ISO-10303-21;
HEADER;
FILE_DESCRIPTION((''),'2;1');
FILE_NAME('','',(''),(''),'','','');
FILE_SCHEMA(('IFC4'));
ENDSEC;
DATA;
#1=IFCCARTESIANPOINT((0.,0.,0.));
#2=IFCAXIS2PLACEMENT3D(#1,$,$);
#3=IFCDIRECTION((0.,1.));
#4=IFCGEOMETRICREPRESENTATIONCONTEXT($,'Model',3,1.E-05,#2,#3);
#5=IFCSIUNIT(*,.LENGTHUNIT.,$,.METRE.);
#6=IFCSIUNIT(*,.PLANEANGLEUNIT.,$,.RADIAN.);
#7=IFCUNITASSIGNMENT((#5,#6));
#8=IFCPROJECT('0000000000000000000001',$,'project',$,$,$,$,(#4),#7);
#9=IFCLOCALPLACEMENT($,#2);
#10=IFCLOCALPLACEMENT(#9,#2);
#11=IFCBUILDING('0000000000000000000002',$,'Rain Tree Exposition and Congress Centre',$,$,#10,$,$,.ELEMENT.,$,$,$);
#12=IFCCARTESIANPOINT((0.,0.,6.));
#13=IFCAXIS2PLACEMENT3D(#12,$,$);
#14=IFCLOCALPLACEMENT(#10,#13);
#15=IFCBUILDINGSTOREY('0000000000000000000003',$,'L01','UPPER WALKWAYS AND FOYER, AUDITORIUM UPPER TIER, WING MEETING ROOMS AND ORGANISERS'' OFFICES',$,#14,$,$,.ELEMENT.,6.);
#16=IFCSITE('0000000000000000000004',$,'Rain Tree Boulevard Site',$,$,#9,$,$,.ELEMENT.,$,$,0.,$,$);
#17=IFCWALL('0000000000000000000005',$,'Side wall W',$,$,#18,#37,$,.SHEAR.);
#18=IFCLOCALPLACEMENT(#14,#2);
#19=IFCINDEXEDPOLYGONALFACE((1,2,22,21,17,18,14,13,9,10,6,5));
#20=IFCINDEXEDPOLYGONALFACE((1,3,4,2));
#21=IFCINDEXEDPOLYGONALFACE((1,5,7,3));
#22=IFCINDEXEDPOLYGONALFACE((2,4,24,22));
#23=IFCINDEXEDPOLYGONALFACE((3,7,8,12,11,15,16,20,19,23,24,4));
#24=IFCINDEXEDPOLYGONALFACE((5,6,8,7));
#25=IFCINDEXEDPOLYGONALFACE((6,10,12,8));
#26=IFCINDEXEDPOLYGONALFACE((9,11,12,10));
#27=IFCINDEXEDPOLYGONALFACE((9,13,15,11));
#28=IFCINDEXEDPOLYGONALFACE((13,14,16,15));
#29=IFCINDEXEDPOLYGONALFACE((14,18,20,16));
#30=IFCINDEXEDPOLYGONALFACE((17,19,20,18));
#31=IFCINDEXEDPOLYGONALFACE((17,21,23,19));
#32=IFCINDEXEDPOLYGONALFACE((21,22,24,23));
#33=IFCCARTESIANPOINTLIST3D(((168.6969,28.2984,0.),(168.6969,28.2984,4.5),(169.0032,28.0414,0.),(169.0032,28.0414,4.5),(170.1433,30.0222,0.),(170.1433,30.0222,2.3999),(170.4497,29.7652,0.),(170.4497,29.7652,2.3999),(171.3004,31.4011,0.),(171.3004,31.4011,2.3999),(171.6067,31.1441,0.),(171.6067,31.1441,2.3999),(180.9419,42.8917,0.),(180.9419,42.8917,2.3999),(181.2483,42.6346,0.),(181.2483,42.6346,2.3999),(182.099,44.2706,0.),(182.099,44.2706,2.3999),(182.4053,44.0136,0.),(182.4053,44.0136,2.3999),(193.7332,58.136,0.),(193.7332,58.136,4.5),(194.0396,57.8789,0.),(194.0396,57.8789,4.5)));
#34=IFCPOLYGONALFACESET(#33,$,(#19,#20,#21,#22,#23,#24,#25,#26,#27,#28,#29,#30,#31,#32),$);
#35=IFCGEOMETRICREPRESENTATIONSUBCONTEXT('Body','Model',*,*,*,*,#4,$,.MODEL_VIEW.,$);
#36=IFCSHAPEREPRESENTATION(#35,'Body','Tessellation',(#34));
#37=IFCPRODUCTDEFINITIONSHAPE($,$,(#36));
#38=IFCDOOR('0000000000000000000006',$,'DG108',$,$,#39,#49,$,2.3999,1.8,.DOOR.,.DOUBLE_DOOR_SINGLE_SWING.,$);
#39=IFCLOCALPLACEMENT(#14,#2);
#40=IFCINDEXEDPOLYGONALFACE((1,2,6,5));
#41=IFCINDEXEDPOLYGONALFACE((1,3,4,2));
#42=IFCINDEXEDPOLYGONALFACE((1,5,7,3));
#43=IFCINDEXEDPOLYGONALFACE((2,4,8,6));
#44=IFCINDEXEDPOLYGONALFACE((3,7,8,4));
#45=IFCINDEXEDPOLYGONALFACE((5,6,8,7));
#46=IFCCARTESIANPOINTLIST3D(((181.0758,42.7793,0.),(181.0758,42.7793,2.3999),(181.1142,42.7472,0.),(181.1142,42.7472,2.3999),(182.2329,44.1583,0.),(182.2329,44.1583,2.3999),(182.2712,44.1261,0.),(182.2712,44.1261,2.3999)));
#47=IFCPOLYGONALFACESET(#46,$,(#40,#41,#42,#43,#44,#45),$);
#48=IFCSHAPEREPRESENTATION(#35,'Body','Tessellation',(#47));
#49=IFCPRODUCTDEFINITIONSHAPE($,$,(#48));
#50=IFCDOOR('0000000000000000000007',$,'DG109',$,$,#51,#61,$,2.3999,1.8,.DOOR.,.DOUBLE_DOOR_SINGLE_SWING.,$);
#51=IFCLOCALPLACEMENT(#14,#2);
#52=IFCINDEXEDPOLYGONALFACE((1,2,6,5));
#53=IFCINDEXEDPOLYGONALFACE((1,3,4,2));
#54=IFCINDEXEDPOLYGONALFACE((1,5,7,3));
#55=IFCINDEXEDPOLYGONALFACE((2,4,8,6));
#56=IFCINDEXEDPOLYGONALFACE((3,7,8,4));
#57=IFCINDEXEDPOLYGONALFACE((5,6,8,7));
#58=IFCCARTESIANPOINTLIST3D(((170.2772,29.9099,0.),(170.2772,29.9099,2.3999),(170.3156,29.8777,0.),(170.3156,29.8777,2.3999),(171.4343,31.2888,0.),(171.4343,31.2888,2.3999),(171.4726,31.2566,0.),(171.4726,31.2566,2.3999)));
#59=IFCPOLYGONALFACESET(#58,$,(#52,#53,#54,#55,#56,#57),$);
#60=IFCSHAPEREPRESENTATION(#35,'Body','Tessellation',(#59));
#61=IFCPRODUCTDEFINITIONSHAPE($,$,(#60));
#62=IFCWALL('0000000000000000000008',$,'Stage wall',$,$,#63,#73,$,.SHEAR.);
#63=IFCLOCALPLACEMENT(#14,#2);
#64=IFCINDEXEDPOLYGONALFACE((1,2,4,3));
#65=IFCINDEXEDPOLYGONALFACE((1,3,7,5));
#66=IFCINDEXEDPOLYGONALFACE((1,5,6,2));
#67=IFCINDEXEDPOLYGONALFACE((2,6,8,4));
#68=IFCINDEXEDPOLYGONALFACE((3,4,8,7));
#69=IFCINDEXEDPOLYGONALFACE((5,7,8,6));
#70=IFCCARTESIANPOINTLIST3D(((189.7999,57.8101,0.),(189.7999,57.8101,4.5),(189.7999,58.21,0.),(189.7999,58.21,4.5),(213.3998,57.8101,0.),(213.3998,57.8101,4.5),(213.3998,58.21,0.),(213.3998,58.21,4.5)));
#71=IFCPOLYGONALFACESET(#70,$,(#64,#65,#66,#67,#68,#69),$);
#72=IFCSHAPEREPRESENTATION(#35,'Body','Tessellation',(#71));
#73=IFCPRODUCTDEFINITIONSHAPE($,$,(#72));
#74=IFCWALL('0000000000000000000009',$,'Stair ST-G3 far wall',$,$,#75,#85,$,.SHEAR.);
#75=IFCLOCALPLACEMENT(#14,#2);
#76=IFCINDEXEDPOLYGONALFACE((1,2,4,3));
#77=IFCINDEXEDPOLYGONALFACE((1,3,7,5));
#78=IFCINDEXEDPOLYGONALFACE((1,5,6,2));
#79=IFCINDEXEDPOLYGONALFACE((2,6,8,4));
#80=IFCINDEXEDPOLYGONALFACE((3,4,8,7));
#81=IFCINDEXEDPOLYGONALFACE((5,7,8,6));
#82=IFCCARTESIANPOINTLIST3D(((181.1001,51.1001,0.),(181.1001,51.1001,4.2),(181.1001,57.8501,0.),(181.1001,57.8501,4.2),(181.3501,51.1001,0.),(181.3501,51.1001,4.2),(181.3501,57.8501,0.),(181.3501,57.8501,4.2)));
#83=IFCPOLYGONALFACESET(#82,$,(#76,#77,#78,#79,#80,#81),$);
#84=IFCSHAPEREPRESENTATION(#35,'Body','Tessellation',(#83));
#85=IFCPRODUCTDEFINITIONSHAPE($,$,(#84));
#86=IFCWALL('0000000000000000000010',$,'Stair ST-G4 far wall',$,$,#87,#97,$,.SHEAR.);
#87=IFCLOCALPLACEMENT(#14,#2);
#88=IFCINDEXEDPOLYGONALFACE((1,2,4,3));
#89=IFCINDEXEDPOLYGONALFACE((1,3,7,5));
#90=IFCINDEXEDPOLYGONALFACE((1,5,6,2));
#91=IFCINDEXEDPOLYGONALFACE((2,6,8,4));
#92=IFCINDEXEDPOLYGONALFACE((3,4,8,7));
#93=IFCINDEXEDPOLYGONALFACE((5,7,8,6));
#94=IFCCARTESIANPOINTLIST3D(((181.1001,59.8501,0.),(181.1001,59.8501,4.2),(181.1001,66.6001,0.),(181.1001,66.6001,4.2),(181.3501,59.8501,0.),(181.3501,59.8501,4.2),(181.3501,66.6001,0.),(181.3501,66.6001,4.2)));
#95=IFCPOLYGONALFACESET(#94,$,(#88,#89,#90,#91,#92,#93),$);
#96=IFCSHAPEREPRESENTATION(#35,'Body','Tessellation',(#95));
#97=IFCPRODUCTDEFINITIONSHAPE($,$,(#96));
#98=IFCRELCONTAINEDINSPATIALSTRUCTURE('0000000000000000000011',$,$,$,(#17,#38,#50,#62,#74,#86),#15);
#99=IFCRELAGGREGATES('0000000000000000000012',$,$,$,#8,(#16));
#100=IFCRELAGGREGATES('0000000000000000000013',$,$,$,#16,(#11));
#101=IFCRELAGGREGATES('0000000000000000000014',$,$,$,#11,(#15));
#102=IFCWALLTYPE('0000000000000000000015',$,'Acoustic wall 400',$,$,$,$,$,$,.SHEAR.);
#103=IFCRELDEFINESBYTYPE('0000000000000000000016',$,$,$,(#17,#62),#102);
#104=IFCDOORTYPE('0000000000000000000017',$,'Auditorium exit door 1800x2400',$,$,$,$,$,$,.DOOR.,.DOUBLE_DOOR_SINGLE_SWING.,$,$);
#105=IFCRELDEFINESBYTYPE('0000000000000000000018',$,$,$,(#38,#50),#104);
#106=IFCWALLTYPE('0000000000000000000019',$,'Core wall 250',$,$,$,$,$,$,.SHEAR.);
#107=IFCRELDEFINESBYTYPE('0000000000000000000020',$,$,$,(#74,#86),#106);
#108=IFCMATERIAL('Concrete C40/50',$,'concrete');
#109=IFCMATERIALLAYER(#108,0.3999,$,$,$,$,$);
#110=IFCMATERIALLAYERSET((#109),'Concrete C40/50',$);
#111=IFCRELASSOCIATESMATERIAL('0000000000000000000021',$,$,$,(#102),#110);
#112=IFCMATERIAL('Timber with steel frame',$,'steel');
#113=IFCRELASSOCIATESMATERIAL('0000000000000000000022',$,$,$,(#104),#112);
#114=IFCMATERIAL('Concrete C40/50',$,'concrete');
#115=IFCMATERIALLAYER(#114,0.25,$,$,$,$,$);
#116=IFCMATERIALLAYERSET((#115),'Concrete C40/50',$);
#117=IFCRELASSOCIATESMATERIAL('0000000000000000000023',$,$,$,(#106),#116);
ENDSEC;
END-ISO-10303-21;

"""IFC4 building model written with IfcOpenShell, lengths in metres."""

from ifc_helpers import new_model, si_unit, direction, frame, frame_2d, origin, place, context, subcontext, project, spatial, rectangle, extrude, material, layer, layer_set, type_object, element, fill, save


model = new_model("IFC4")

# Units and contexts
model_context = context("Model", 3, precision=1e-05, world=origin(), true_north=direction((0.0, 1.0)))
body_context = subcontext(model_context, "Body", "Model", "MODEL_VIEW")
ifc_project = project(units=[si_unit("LENGTHUNIT", "METRE"), si_unit("PLANEANGLEUNIT", "RADIAN")], contexts=[model_context])

# Site, building, storey
site_placement = place(None, origin())
site = spatial("IfcSite", under=ifc_project, at=site_placement, Name="Rain Tree Boulevard Site", CompositionType="ELEMENT", RefElevation=0.0)
building_placement = place(site_placement, origin())
building = spatial("IfcBuilding", under=site, at=building_placement, Name="Rain Tree Exposition and Congress Centre", CompositionType="ELEMENT")
storey_placement = place(building_placement, frame((0.0, 0.0, 6.0)))
storey = spatial("IfcBuildingStorey", under=building, at=storey_placement, Name="L01", Description="UPPER WALKWAYS AND FOYER, AUDITORIUM UPPER TIER, WING MEETING ROOMS AND ORGANISERS' OFFICES", CompositionType="ELEMENT", Elevation=6.0)

# Wall, openings, doors
ifc_material_1 = material(Name="Concrete C40/50", Category="concrete")
ifc_layer_1 = layer(ifc_material_1, 0.3999)
ifc_layer_set_1 = layer_set([ifc_layer_1], Name="Concrete C40/50")
wall_type_1 = type_object("IfcWallType", Name="Acoustic wall 400", PredefinedType="SHEAR", material=ifc_layer_set_1)
wall_1_placement = place(storey_placement, frame((193.8865, 58.0076, 0.0), z_axis=(0.0, 0.0, 1.0), x_axis=(-0.642782, -0.766049, 0.0)))
wall_1 = element("IfcWall", 1, at=wall_1_placement, inside=storey, type_object=wall_type_1, Name="Side wall W", PredefinedType="SHEAR", context=body_context, shape_type="SweptSolid", body=[
    extrude(rectangle(XDim=38.95, YDim=0.3999, at=frame_2d((19.4751, 0.0))), origin(), (0.0, 0.0, 1.0), 4.5),
])
opening_1_placement = place(wall_1_placement, frame((18.1001, 0.0, 0.0)))
opening_1 = element("IfcOpeningElement", 2, at=opening_1_placement, cuts=wall_1, PredefinedType="OPENING", context=body_context, shape_type="SweptSolid", body=[
    extrude(rectangle(XDim=1.8, YDim=2.3999, at=frame_2d((0.8999, 1.2))), frame((0.0, 0.2, 0.0), z_axis=(0.0, -1.0, 0.0), x_axis=(1.0, 0.0, 0.0)), (0.0, 0.0, 1.0), 0.3999),
])
opening_2_placement = place(wall_1_placement, frame((34.8999, 0.0, 0.0)))
opening_2 = element("IfcOpeningElement", 3, at=opening_2_placement, cuts=wall_1, PredefinedType="OPENING", context=body_context, shape_type="SweptSolid", body=[
    extrude(rectangle(XDim=1.8, YDim=2.3999, at=frame_2d((0.8999, 1.2))), frame((0.0, 0.2, 0.0), z_axis=(0.0, -1.0, 0.0), x_axis=(1.0, 0.0, 0.0)), (0.0, 0.0, 1.0), 0.3999),
])
ifc_material_2 = material(Name="Timber with steel frame", Category="steel")
door_type = type_object("IfcDoorType", Name="Auditorium exit door 1800x2400", OperationType="DOUBLE_DOOR_SINGLE_SWING", PredefinedType="DOOR", material=ifc_material_2)
door_1_placement = place(opening_1_placement, origin())
door_1 = element("IfcDoor", 4, at=door_1_placement, inside=storey, type_object=door_type, Name="DG108", OperationType="DOUBLE_DOOR_SINGLE_SWING", OverallHeight=2.3999, OverallWidth=1.8, PredefinedType="DOOR", context=body_context, shape_type="SweptSolid", body=[
    extrude(rectangle(XDim=1.8, YDim=2.3999, at=frame_2d((0.8999, 1.2))), frame((0.0, 0.0249, 0.0), z_axis=(0.0, -1.0, 0.0), x_axis=(1.0, 0.0, 0.0)), (0.0, 0.0, 1.0), 0.05),
])
fill(opening_1, door_1)
door_2_placement = place(opening_2_placement, origin())
door_2 = element("IfcDoor", 5, at=door_2_placement, inside=storey, type_object=door_type, Name="DG109", OperationType="DOUBLE_DOOR_SINGLE_SWING", OverallHeight=2.3999, OverallWidth=1.8, PredefinedType="DOOR", context=body_context, shape_type="SweptSolid", body=[
    extrude(rectangle(XDim=1.8, YDim=2.3999, at=frame_2d((0.8999, 1.2))), frame((0.0, 0.0249, 0.0), z_axis=(0.0, -1.0, 0.0), x_axis=(1.0, 0.0, 0.0)), (0.0, 0.0, 1.0), 0.05),
])
fill(opening_2, door_2)

# Walls
wall_2_placement = place(storey_placement, frame((189.8, 58.01, 0.0), z_axis=(0.0, 0.0, 1.0), x_axis=(1.0, 0.0, 0.0)))
element("IfcWall", 6, at=wall_2_placement, inside=storey, type_object=wall_type_1, Name="Stage wall", PredefinedType="SHEAR", context=body_context, shape_type="SweptSolid", body=[
    extrude(rectangle(XDim=23.5999, YDim=0.3999, at=frame_2d((11.7998, 0.0))), origin(), (0.0, 0.0, 1.0), 4.5),
])
ifc_material_3 = material(Name="Concrete C40/50", Category="concrete")
ifc_layer_2 = layer(ifc_material_3, 0.25)
ifc_layer_set_2 = layer_set([ifc_layer_2], Name="Concrete C40/50")
wall_type_2 = type_object("IfcWallType", Name="Core wall 250", PredefinedType="SHEAR", material=ifc_layer_set_2)
for number, where, z_axis, x_axis, name in (
    (7, (181.2251, 51.1001, 0.0), (0.0, 0.0, 1.0), (0.0, 1.0, 0.0), "Stair ST-G3 far wall"),
    (8, (181.2251, 59.8501, 0.0), (0.0, 0.0, 1.0), (0.0, 1.0, 0.0), "Stair ST-G4 far wall"),
):
    element("IfcWall", number, at=place(storey_placement, frame(where, z_axis=z_axis, x_axis=x_axis)), inside=storey, type_object=wall_type_2, Name=name, PredefinedType="SHEAR", context=body_context, shape_type="SweptSolid", body=[
        extrude(rectangle(XDim=6.75, YDim=0.25, at=frame_2d((3.375, 0.0))), origin(), (0.0, 0.0, 1.0), 4.2),
    ])

save(model, "model.ifc")
